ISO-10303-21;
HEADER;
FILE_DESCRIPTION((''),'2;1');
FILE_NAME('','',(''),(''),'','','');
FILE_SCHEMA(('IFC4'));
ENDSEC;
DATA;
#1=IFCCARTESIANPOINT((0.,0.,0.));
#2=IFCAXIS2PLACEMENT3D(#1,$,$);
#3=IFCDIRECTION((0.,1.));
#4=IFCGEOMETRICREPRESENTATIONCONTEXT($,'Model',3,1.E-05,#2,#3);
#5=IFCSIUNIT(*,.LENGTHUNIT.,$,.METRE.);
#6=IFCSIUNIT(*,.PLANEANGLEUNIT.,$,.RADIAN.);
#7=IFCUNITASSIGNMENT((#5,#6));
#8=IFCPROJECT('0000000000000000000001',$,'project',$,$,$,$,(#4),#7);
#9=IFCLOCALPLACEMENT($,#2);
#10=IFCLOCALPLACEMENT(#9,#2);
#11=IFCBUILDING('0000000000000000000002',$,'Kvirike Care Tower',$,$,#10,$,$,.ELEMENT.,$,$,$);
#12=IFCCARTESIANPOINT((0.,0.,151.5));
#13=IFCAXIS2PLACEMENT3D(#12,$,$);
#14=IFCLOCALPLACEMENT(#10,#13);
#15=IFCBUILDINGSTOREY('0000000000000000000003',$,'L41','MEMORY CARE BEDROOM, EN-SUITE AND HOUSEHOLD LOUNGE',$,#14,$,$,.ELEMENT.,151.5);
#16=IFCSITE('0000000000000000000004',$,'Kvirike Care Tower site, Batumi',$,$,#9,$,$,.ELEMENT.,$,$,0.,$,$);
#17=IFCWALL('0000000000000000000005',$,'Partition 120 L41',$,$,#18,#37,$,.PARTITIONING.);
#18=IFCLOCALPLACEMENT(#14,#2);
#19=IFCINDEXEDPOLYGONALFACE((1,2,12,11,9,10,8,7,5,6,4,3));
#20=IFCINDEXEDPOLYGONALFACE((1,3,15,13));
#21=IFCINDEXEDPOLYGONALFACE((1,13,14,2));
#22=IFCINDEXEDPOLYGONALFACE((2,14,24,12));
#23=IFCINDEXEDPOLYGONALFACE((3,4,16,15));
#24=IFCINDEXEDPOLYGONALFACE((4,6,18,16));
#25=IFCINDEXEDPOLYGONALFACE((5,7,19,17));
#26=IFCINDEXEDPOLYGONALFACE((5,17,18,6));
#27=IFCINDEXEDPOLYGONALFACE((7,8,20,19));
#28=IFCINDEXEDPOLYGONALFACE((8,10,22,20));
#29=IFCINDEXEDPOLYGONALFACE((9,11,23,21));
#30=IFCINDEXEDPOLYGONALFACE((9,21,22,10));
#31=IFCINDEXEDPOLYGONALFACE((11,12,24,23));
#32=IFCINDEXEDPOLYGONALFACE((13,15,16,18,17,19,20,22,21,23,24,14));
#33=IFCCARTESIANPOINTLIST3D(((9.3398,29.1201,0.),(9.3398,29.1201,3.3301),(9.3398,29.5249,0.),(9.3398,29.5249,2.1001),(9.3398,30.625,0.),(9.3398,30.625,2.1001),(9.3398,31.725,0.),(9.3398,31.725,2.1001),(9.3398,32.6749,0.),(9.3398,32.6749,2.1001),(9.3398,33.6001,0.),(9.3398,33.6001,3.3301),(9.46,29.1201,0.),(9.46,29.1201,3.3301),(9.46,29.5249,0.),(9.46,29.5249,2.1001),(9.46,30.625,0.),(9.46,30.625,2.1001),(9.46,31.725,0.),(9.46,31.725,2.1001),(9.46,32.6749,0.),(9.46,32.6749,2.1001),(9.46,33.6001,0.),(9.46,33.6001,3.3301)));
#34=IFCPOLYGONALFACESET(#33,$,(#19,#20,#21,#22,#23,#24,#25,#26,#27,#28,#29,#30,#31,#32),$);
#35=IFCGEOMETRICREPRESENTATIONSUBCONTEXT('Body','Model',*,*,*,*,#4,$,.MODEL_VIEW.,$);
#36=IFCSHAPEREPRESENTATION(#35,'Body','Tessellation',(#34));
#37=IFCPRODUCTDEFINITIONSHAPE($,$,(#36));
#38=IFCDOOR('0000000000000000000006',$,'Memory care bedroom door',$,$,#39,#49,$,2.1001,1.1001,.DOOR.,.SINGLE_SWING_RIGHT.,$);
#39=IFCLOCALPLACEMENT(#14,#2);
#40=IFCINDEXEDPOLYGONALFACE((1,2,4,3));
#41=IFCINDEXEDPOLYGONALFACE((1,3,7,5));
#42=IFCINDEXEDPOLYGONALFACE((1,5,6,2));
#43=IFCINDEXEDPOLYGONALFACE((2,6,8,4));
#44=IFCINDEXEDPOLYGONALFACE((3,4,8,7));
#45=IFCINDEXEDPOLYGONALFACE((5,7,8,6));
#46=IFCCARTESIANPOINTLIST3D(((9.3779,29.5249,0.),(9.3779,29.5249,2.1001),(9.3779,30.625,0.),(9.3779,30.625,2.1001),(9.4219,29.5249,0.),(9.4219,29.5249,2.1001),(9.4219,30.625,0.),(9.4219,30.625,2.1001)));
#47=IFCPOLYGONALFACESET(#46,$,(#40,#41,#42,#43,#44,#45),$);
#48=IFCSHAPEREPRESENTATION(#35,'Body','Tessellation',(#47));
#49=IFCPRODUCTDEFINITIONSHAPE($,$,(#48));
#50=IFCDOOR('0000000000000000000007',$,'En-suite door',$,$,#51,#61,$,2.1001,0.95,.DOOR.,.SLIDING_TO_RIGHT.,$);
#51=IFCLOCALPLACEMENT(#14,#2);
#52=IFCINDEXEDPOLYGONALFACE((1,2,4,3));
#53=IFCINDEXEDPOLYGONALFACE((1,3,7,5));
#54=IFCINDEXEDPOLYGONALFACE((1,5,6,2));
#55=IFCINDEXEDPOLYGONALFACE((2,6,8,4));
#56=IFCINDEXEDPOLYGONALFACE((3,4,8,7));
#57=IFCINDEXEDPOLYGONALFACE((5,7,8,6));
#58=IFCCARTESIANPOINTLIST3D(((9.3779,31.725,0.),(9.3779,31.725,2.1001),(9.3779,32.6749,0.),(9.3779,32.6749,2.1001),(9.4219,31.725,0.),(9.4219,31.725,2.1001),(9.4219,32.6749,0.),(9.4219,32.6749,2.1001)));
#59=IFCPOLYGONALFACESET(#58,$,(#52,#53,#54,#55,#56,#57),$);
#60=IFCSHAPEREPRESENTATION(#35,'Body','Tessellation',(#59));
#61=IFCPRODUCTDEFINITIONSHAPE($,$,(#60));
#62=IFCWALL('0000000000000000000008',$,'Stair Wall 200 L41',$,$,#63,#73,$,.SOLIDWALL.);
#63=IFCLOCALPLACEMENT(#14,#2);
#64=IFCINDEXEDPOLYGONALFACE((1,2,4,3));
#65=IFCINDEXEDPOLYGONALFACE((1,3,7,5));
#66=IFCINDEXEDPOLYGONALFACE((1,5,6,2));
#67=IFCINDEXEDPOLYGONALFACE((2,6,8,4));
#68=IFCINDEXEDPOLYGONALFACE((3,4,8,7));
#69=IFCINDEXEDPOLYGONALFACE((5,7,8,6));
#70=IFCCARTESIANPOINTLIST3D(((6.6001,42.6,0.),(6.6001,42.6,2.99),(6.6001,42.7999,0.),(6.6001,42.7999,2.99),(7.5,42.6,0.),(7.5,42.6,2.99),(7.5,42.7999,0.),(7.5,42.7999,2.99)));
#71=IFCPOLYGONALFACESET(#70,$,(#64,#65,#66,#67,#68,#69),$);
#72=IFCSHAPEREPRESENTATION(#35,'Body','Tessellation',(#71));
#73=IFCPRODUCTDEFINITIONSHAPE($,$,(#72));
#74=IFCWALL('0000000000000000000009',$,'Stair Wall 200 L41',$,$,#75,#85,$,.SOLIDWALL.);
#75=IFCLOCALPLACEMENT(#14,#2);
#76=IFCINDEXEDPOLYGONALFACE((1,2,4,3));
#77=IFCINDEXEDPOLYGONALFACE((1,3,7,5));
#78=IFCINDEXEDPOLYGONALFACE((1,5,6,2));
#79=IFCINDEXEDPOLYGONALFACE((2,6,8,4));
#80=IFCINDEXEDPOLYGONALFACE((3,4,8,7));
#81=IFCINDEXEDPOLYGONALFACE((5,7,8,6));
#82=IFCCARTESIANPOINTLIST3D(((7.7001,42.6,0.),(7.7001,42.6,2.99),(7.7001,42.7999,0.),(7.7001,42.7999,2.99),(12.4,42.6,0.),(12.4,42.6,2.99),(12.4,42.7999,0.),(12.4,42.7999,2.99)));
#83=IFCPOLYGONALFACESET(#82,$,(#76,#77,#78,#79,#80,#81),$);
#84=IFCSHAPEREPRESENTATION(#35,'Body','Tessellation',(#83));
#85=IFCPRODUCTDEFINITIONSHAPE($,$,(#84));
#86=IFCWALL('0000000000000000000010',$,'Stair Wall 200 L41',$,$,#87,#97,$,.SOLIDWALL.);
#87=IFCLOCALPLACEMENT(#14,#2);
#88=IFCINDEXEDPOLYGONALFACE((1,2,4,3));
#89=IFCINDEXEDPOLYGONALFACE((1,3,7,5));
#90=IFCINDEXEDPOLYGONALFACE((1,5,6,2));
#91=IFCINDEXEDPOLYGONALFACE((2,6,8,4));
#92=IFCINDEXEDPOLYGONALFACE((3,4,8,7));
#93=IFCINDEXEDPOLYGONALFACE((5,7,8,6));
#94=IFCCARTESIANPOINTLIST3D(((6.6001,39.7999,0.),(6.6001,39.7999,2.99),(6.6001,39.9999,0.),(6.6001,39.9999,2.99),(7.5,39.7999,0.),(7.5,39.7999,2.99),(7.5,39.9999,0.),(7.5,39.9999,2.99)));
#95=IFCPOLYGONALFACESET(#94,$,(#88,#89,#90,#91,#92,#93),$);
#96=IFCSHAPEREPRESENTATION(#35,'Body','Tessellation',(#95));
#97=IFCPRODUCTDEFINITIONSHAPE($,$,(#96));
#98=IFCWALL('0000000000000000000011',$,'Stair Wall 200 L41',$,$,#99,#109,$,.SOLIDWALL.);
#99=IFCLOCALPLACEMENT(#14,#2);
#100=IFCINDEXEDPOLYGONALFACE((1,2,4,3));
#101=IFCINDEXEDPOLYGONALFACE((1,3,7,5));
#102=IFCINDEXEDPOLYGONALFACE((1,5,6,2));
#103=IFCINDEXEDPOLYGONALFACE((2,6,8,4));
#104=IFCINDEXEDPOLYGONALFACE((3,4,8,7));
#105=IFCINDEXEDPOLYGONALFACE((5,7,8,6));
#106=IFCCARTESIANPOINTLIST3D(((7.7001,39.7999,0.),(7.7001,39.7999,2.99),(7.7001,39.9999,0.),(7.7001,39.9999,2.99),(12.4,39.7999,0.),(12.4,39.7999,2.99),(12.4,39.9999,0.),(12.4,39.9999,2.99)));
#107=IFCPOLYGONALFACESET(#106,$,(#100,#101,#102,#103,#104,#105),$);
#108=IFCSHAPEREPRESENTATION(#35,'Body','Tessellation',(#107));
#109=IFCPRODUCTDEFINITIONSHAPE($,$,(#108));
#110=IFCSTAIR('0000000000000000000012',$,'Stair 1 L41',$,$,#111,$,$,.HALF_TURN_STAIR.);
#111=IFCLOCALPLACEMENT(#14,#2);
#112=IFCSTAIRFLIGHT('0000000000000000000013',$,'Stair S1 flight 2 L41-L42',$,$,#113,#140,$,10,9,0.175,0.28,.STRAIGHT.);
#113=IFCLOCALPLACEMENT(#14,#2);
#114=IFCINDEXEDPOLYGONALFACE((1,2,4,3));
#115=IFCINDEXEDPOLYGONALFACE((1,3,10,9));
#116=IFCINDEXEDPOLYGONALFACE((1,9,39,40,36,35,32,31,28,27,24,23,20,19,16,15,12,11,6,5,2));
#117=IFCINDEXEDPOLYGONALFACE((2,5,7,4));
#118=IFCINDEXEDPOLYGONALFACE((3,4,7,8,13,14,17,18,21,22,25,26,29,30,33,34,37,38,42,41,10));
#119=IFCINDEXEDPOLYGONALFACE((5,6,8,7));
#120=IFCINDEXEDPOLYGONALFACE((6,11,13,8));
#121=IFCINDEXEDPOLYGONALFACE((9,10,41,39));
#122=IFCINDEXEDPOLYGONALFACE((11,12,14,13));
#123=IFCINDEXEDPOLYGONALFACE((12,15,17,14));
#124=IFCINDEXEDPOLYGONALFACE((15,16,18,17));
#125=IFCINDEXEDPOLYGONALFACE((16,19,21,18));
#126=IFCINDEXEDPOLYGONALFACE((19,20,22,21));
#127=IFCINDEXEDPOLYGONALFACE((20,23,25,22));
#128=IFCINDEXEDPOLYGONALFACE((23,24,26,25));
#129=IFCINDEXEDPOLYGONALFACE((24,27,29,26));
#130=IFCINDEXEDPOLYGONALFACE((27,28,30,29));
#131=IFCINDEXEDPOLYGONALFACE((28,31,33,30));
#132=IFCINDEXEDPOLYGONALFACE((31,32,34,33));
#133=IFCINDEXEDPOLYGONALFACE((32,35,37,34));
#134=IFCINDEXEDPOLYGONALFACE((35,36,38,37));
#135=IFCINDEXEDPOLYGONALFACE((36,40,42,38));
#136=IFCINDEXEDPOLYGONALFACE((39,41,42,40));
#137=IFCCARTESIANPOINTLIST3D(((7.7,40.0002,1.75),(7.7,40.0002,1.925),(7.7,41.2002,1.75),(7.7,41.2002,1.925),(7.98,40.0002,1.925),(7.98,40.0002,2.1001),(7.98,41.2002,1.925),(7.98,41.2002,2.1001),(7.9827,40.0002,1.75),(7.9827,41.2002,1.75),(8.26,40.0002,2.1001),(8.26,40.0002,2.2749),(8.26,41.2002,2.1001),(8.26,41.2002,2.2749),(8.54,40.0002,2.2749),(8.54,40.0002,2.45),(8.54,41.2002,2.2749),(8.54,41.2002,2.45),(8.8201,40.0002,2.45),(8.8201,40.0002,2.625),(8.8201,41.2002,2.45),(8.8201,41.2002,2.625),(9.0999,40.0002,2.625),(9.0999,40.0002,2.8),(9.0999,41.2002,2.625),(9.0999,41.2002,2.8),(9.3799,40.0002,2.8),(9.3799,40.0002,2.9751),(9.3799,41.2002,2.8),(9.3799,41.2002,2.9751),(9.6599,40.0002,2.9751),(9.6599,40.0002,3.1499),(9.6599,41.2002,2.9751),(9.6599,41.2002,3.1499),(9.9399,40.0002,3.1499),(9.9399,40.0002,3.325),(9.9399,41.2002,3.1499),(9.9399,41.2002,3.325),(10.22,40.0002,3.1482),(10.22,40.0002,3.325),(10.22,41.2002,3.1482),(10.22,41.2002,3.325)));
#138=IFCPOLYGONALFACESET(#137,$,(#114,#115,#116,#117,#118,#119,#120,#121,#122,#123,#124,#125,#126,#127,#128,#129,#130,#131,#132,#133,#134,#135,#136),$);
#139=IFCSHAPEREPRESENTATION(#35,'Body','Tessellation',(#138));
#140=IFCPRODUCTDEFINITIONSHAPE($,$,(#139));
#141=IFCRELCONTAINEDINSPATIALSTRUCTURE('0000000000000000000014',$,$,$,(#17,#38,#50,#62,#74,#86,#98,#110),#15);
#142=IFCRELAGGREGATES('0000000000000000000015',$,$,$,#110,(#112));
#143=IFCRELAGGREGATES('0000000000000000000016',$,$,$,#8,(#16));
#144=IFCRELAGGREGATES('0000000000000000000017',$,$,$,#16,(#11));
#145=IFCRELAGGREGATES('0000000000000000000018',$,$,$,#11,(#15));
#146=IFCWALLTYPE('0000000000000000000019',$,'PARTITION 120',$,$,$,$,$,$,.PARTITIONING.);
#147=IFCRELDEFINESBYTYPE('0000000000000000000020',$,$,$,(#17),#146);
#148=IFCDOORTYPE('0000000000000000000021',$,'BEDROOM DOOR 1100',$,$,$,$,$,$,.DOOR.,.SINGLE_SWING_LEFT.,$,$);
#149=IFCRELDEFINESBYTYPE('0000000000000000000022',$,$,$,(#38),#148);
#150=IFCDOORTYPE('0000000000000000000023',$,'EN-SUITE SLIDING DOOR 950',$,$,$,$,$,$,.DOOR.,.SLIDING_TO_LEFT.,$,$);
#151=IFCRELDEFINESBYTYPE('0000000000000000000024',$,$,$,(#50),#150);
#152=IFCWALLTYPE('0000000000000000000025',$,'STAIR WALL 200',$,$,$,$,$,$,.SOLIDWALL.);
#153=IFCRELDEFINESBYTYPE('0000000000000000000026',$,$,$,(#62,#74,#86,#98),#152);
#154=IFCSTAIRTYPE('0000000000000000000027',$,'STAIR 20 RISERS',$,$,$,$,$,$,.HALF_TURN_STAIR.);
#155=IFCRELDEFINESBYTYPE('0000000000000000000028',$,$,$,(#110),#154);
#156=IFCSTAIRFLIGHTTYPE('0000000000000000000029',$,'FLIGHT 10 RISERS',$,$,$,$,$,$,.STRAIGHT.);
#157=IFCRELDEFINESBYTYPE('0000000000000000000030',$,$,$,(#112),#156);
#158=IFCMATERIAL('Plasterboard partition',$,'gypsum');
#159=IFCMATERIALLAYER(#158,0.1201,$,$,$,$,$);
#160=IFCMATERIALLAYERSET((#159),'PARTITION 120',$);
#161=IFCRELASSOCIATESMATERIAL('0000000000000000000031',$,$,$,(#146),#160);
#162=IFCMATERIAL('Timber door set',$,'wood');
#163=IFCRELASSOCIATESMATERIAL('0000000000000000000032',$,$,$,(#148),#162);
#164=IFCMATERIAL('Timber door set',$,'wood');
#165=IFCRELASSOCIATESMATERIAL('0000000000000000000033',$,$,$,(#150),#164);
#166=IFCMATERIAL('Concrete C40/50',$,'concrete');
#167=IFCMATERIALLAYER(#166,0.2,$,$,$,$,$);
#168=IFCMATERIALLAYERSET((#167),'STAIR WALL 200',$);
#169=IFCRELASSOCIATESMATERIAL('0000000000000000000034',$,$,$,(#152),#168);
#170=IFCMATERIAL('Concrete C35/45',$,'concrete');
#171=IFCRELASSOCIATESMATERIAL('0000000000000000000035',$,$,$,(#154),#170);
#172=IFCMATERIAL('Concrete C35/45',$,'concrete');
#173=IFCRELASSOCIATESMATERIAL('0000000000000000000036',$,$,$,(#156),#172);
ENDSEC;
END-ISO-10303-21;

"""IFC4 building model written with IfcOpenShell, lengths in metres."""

from ifc_helpers import new_model, si_unit, direction, frame, frame_2d, origin, place, context, subcontext, project, spatial, polyline, rectangle, outline, extrude, material, layer, layer_set, type_object, element, fill, aggregate, save


model = new_model("IFC4")

# Units and contexts
model_context = context("Model", 3, precision=1e-05, world=origin(), true_north=direction((0.0, 1.0)))
body_context = subcontext(model_context, "Body", "Model", "MODEL_VIEW")
ifc_project = project(units=[si_unit("LENGTHUNIT", "METRE"), si_unit("PLANEANGLEUNIT", "RADIAN")], contexts=[model_context])

# Site, building, storey
site_placement = place(None, origin())
site = spatial("IfcSite", under=ifc_project, at=site_placement, Name="Kvirike Care Tower site, Batumi", CompositionType="ELEMENT", RefElevation=0.0)
building_placement = place(site_placement, origin())
building = spatial("IfcBuilding", under=site, at=building_placement, Name="Kvirike Care Tower", CompositionType="ELEMENT")
storey_placement = place(building_placement, frame((0.0, 0.0, 151.5)))
storey = spatial("IfcBuildingStorey", under=building, at=storey_placement, Name="L41", Description="MEMORY CARE BEDROOM, EN-SUITE AND HOUSEHOLD LOUNGE", CompositionType="ELEMENT", Elevation=151.5)

# Wall, openings, doors
ifc_material_1 = material(Name="Plasterboard partition", Category="gypsum")
ifc_layer_1 = layer(ifc_material_1, 0.1201)
ifc_layer_set_1 = layer_set([ifc_layer_1], Name="PARTITION 120")
wall_type_1 = type_object("IfcWallType", Name="PARTITION 120", PredefinedType="PARTITIONING", material=ifc_layer_set_1)
wall_1_placement = place(storey_placement, frame((9.3999, 33.6001, 0.0), z_axis=(0.0, 0.0, 1.0), x_axis=(0.0, -1.0, 0.0)))
wall_1 = element("IfcWall", 1, at=wall_1_placement, inside=storey, type_object=wall_type_1, Name="Partition 120 L41", PredefinedType="PARTITIONING", context=body_context, shape_type="SweptSolid", body=[
    extrude(rectangle(XDim=4.48, YDim=0.1201, at=frame_2d((2.24, 0.0))), origin(), (0.0, 0.0, 1.0), 3.3301),
])
opening_1_placement = place(wall_1_placement, frame((2.9751, 0.0, 0.0)))
opening_1 = element("IfcOpeningElement", 2, at=opening_1_placement, cuts=wall_1, PredefinedType="OPENING", context=body_context, shape_type="SweptSolid", body=[
    extrude(rectangle(XDim=1.1001, YDim=2.1001, at=frame_2d((0.55, 1.05))), frame((0.0, 0.0706, 0.0), z_axis=(0.0, -1.0, 0.0), x_axis=(1.0, 0.0, 0.0)), (0.0, 0.0, 1.0), 0.1411),
])
opening_2_placement = place(wall_1_placement, frame((0.925, 0.0, 0.0)))
opening_2 = element("IfcOpeningElement", 3, at=opening_2_placement, cuts=wall_1, PredefinedType="OPENING", context=body_context, shape_type="SweptSolid", body=[
    extrude(rectangle(XDim=0.95, YDim=2.1001, at=frame_2d((0.4751, 1.05))), frame((0.0, 0.0706, 0.0), z_axis=(0.0, -1.0, 0.0), x_axis=(1.0, 0.0, 0.0)), (0.0, 0.0, 1.0), 0.1411),
])
ifc_material_2 = material(Name="Timber door set", Category="wood")
door_type_1 = type_object("IfcDoorType", Name="BEDROOM DOOR 1100", OperationType="SINGLE_SWING_LEFT", PredefinedType="DOOR", material=ifc_material_2)
door_1_placement = place(opening_1_placement, origin())
door_1 = element("IfcDoor", 4, at=door_1_placement, inside=storey, type_object=door_type_1, Name="Memory care bedroom door", OperationType="SINGLE_SWING_RIGHT", OverallHeight=2.1001, OverallWidth=1.1001, PredefinedType="DOOR", context=body_context, shape_type="SweptSolid", body=[
    extrude(rectangle(XDim=1.1001, YDim=2.1001, at=frame_2d((0.55, 1.05))), frame((0.0, 0.022, 0.0), z_axis=(0.0, -1.0, 0.0), x_axis=(1.0, 0.0, 0.0)), (0.0, 0.0, 1.0), 0.0439),
])
fill(opening_1, door_1)
ifc_material_3 = material(Name="Timber door set", Category="wood")
door_type_2 = type_object("IfcDoorType", Name="EN-SUITE SLIDING DOOR 950", OperationType="SLIDING_TO_LEFT", PredefinedType="DOOR", material=ifc_material_3)
door_2_placement = place(opening_2_placement, origin())
door_2 = element("IfcDoor", 5, at=door_2_placement, inside=storey, type_object=door_type_2, Name="En-suite door", OperationType="SLIDING_TO_RIGHT", OverallHeight=2.1001, OverallWidth=0.95, PredefinedType="DOOR", context=body_context, shape_type="SweptSolid", body=[
    extrude(rectangle(XDim=0.95, YDim=2.1001, at=frame_2d((0.4751, 1.05))), frame((0.0, 0.022, 0.0), z_axis=(0.0, -1.0, 0.0), x_axis=(1.0, 0.0, 0.0)), (0.0, 0.0, 1.0), 0.0439),
])
fill(opening_2, door_2)

# Walls
ifc_material_4 = material(Name="Concrete C40/50", Category="concrete")
ifc_layer_2 = layer(ifc_material_4, 0.2)
ifc_layer_set_2 = layer_set([ifc_layer_2], Name="STAIR WALL 200")
wall_type_2 = type_object("IfcWallType", Name="STAIR WALL 200", PredefinedType="SOLIDWALL", material=ifc_layer_set_2)
wall_2_placement = place(storey_placement, frame((6.6001, 42.7, 0.0), z_axis=(0.0, 0.0, 1.0), x_axis=(1.0, 0.0, 0.0)))
element("IfcWall", 6, at=wall_2_placement, inside=storey, type_object=wall_type_2, Name="Stair Wall 200 L41", PredefinedType="SOLIDWALL", context=body_context, shape_type="SweptSolid", body=[
    extrude(rectangle(XDim=0.8999, YDim=0.2, at=frame_2d((0.45, 0.0))), origin(), (0.0, 0.0, 1.0), 2.99),
])
wall_3_placement = place(storey_placement, frame((7.7, 42.7, 0.0), z_axis=(0.0, 0.0, 1.0), x_axis=(1.0, 0.0, 0.0)))
element("IfcWall", 7, at=wall_3_placement, inside=storey, type_object=wall_type_2, Name="Stair Wall 200 L41", PredefinedType="SOLIDWALL", context=body_context, shape_type="SweptSolid", body=[
    extrude(rectangle(XDim=4.7, YDim=0.2, at=frame_2d((2.3501, 0.0))), origin(), (0.0, 0.0, 1.0), 2.99),
])
wall_4_placement = place(storey_placement, frame((6.6001, 39.8999, 0.0), z_axis=(0.0, 0.0, 1.0), x_axis=(1.0, 0.0, 0.0)))
element("IfcWall", 8, at=wall_4_placement, inside=storey, type_object=wall_type_2, Name="Stair Wall 200 L41", PredefinedType="SOLIDWALL", context=body_context, shape_type="SweptSolid", body=[
    extrude(rectangle(XDim=0.8999, YDim=0.2, at=frame_2d((0.45, 0.0))), origin(), (0.0, 0.0, 1.0), 2.99),
])
wall_5_placement = place(storey_placement, frame((7.7, 39.8999, 0.0), z_axis=(0.0, 0.0, 1.0), x_axis=(1.0, 0.0, 0.0)))
element("IfcWall", 9, at=wall_5_placement, inside=storey, type_object=wall_type_2, Name="Stair Wall 200 L41", PredefinedType="SOLIDWALL", context=body_context, shape_type="SweptSolid", body=[
    extrude(rectangle(XDim=4.7, YDim=0.2, at=frame_2d((2.3501, 0.0))), origin(), (0.0, 0.0, 1.0), 2.99),
])

# Stair, stair flight
ifc_material_5 = material(Name="Concrete C35/45", Category="concrete")
stair_type = type_object("IfcStairType", Name="STAIR 20 RISERS", PredefinedType="HALF_TURN_STAIR", material=ifc_material_5)
stair_placement = place(storey_placement, origin())
stair = element("IfcStair", 10, at=stair_placement, inside=storey, type_object=stair_type, Name="Stair 1 L41", PredefinedType="HALF_TURN_STAIR")
ifc_material_6 = material(Name="Concrete C35/45", Category="concrete")
stair_flight_type = type_object("IfcStairFlightType", Name="FLIGHT 10 RISERS", PredefinedType="STRAIGHT", material=ifc_material_6)
stair_flight_placement = place(storey_placement, frame((7.7, 40.6001, 1.75), z_axis=(0.0, 0.0, 1.0), x_axis=(1.0, 0.0, 0.0)))
stair_flight = element("IfcStairFlight", 11, at=stair_flight_placement, type_object=stair_flight_type, Name="Stair S1 flight 2 L41-L42", NumberOfRisers=10, NumberOfTreads=9, PredefinedType="STRAIGHT", RiserHeight=0.175, TreadLength=0.28, context=body_context, shape_type="SweptSolid", body=[
    extrude(outline(polyline([(0.0, 0.0), (0.0, 0.175), (0.28, 0.175), (0.28, 0.3501), (0.5601, 0.3501), (0.5601, 0.5249), (0.8401, 0.5249), (0.8401, 0.7), (1.1201, 0.7), (1.1201, 0.875), (1.3999, 0.875), (1.3999, 1.05), (1.6799, 1.05), (1.6799, 1.2251), (1.96, 1.2251), (1.96, 1.3999), (2.24, 1.3999), (2.24, 1.575), (2.52, 1.575), (2.52, 1.75), (2.52, 1.3982), (0.2827, 0.0), (0.0, 0.0)])), frame((0.0, 0.6001, 0.0), z_axis=(0.0, -1.0, 0.0), x_axis=(1.0, 0.0, 0.0)), (0.0, 0.0, 1.0), 1.2),
])
aggregate(stair, [stair_flight])

save(model, "model.ifc")
